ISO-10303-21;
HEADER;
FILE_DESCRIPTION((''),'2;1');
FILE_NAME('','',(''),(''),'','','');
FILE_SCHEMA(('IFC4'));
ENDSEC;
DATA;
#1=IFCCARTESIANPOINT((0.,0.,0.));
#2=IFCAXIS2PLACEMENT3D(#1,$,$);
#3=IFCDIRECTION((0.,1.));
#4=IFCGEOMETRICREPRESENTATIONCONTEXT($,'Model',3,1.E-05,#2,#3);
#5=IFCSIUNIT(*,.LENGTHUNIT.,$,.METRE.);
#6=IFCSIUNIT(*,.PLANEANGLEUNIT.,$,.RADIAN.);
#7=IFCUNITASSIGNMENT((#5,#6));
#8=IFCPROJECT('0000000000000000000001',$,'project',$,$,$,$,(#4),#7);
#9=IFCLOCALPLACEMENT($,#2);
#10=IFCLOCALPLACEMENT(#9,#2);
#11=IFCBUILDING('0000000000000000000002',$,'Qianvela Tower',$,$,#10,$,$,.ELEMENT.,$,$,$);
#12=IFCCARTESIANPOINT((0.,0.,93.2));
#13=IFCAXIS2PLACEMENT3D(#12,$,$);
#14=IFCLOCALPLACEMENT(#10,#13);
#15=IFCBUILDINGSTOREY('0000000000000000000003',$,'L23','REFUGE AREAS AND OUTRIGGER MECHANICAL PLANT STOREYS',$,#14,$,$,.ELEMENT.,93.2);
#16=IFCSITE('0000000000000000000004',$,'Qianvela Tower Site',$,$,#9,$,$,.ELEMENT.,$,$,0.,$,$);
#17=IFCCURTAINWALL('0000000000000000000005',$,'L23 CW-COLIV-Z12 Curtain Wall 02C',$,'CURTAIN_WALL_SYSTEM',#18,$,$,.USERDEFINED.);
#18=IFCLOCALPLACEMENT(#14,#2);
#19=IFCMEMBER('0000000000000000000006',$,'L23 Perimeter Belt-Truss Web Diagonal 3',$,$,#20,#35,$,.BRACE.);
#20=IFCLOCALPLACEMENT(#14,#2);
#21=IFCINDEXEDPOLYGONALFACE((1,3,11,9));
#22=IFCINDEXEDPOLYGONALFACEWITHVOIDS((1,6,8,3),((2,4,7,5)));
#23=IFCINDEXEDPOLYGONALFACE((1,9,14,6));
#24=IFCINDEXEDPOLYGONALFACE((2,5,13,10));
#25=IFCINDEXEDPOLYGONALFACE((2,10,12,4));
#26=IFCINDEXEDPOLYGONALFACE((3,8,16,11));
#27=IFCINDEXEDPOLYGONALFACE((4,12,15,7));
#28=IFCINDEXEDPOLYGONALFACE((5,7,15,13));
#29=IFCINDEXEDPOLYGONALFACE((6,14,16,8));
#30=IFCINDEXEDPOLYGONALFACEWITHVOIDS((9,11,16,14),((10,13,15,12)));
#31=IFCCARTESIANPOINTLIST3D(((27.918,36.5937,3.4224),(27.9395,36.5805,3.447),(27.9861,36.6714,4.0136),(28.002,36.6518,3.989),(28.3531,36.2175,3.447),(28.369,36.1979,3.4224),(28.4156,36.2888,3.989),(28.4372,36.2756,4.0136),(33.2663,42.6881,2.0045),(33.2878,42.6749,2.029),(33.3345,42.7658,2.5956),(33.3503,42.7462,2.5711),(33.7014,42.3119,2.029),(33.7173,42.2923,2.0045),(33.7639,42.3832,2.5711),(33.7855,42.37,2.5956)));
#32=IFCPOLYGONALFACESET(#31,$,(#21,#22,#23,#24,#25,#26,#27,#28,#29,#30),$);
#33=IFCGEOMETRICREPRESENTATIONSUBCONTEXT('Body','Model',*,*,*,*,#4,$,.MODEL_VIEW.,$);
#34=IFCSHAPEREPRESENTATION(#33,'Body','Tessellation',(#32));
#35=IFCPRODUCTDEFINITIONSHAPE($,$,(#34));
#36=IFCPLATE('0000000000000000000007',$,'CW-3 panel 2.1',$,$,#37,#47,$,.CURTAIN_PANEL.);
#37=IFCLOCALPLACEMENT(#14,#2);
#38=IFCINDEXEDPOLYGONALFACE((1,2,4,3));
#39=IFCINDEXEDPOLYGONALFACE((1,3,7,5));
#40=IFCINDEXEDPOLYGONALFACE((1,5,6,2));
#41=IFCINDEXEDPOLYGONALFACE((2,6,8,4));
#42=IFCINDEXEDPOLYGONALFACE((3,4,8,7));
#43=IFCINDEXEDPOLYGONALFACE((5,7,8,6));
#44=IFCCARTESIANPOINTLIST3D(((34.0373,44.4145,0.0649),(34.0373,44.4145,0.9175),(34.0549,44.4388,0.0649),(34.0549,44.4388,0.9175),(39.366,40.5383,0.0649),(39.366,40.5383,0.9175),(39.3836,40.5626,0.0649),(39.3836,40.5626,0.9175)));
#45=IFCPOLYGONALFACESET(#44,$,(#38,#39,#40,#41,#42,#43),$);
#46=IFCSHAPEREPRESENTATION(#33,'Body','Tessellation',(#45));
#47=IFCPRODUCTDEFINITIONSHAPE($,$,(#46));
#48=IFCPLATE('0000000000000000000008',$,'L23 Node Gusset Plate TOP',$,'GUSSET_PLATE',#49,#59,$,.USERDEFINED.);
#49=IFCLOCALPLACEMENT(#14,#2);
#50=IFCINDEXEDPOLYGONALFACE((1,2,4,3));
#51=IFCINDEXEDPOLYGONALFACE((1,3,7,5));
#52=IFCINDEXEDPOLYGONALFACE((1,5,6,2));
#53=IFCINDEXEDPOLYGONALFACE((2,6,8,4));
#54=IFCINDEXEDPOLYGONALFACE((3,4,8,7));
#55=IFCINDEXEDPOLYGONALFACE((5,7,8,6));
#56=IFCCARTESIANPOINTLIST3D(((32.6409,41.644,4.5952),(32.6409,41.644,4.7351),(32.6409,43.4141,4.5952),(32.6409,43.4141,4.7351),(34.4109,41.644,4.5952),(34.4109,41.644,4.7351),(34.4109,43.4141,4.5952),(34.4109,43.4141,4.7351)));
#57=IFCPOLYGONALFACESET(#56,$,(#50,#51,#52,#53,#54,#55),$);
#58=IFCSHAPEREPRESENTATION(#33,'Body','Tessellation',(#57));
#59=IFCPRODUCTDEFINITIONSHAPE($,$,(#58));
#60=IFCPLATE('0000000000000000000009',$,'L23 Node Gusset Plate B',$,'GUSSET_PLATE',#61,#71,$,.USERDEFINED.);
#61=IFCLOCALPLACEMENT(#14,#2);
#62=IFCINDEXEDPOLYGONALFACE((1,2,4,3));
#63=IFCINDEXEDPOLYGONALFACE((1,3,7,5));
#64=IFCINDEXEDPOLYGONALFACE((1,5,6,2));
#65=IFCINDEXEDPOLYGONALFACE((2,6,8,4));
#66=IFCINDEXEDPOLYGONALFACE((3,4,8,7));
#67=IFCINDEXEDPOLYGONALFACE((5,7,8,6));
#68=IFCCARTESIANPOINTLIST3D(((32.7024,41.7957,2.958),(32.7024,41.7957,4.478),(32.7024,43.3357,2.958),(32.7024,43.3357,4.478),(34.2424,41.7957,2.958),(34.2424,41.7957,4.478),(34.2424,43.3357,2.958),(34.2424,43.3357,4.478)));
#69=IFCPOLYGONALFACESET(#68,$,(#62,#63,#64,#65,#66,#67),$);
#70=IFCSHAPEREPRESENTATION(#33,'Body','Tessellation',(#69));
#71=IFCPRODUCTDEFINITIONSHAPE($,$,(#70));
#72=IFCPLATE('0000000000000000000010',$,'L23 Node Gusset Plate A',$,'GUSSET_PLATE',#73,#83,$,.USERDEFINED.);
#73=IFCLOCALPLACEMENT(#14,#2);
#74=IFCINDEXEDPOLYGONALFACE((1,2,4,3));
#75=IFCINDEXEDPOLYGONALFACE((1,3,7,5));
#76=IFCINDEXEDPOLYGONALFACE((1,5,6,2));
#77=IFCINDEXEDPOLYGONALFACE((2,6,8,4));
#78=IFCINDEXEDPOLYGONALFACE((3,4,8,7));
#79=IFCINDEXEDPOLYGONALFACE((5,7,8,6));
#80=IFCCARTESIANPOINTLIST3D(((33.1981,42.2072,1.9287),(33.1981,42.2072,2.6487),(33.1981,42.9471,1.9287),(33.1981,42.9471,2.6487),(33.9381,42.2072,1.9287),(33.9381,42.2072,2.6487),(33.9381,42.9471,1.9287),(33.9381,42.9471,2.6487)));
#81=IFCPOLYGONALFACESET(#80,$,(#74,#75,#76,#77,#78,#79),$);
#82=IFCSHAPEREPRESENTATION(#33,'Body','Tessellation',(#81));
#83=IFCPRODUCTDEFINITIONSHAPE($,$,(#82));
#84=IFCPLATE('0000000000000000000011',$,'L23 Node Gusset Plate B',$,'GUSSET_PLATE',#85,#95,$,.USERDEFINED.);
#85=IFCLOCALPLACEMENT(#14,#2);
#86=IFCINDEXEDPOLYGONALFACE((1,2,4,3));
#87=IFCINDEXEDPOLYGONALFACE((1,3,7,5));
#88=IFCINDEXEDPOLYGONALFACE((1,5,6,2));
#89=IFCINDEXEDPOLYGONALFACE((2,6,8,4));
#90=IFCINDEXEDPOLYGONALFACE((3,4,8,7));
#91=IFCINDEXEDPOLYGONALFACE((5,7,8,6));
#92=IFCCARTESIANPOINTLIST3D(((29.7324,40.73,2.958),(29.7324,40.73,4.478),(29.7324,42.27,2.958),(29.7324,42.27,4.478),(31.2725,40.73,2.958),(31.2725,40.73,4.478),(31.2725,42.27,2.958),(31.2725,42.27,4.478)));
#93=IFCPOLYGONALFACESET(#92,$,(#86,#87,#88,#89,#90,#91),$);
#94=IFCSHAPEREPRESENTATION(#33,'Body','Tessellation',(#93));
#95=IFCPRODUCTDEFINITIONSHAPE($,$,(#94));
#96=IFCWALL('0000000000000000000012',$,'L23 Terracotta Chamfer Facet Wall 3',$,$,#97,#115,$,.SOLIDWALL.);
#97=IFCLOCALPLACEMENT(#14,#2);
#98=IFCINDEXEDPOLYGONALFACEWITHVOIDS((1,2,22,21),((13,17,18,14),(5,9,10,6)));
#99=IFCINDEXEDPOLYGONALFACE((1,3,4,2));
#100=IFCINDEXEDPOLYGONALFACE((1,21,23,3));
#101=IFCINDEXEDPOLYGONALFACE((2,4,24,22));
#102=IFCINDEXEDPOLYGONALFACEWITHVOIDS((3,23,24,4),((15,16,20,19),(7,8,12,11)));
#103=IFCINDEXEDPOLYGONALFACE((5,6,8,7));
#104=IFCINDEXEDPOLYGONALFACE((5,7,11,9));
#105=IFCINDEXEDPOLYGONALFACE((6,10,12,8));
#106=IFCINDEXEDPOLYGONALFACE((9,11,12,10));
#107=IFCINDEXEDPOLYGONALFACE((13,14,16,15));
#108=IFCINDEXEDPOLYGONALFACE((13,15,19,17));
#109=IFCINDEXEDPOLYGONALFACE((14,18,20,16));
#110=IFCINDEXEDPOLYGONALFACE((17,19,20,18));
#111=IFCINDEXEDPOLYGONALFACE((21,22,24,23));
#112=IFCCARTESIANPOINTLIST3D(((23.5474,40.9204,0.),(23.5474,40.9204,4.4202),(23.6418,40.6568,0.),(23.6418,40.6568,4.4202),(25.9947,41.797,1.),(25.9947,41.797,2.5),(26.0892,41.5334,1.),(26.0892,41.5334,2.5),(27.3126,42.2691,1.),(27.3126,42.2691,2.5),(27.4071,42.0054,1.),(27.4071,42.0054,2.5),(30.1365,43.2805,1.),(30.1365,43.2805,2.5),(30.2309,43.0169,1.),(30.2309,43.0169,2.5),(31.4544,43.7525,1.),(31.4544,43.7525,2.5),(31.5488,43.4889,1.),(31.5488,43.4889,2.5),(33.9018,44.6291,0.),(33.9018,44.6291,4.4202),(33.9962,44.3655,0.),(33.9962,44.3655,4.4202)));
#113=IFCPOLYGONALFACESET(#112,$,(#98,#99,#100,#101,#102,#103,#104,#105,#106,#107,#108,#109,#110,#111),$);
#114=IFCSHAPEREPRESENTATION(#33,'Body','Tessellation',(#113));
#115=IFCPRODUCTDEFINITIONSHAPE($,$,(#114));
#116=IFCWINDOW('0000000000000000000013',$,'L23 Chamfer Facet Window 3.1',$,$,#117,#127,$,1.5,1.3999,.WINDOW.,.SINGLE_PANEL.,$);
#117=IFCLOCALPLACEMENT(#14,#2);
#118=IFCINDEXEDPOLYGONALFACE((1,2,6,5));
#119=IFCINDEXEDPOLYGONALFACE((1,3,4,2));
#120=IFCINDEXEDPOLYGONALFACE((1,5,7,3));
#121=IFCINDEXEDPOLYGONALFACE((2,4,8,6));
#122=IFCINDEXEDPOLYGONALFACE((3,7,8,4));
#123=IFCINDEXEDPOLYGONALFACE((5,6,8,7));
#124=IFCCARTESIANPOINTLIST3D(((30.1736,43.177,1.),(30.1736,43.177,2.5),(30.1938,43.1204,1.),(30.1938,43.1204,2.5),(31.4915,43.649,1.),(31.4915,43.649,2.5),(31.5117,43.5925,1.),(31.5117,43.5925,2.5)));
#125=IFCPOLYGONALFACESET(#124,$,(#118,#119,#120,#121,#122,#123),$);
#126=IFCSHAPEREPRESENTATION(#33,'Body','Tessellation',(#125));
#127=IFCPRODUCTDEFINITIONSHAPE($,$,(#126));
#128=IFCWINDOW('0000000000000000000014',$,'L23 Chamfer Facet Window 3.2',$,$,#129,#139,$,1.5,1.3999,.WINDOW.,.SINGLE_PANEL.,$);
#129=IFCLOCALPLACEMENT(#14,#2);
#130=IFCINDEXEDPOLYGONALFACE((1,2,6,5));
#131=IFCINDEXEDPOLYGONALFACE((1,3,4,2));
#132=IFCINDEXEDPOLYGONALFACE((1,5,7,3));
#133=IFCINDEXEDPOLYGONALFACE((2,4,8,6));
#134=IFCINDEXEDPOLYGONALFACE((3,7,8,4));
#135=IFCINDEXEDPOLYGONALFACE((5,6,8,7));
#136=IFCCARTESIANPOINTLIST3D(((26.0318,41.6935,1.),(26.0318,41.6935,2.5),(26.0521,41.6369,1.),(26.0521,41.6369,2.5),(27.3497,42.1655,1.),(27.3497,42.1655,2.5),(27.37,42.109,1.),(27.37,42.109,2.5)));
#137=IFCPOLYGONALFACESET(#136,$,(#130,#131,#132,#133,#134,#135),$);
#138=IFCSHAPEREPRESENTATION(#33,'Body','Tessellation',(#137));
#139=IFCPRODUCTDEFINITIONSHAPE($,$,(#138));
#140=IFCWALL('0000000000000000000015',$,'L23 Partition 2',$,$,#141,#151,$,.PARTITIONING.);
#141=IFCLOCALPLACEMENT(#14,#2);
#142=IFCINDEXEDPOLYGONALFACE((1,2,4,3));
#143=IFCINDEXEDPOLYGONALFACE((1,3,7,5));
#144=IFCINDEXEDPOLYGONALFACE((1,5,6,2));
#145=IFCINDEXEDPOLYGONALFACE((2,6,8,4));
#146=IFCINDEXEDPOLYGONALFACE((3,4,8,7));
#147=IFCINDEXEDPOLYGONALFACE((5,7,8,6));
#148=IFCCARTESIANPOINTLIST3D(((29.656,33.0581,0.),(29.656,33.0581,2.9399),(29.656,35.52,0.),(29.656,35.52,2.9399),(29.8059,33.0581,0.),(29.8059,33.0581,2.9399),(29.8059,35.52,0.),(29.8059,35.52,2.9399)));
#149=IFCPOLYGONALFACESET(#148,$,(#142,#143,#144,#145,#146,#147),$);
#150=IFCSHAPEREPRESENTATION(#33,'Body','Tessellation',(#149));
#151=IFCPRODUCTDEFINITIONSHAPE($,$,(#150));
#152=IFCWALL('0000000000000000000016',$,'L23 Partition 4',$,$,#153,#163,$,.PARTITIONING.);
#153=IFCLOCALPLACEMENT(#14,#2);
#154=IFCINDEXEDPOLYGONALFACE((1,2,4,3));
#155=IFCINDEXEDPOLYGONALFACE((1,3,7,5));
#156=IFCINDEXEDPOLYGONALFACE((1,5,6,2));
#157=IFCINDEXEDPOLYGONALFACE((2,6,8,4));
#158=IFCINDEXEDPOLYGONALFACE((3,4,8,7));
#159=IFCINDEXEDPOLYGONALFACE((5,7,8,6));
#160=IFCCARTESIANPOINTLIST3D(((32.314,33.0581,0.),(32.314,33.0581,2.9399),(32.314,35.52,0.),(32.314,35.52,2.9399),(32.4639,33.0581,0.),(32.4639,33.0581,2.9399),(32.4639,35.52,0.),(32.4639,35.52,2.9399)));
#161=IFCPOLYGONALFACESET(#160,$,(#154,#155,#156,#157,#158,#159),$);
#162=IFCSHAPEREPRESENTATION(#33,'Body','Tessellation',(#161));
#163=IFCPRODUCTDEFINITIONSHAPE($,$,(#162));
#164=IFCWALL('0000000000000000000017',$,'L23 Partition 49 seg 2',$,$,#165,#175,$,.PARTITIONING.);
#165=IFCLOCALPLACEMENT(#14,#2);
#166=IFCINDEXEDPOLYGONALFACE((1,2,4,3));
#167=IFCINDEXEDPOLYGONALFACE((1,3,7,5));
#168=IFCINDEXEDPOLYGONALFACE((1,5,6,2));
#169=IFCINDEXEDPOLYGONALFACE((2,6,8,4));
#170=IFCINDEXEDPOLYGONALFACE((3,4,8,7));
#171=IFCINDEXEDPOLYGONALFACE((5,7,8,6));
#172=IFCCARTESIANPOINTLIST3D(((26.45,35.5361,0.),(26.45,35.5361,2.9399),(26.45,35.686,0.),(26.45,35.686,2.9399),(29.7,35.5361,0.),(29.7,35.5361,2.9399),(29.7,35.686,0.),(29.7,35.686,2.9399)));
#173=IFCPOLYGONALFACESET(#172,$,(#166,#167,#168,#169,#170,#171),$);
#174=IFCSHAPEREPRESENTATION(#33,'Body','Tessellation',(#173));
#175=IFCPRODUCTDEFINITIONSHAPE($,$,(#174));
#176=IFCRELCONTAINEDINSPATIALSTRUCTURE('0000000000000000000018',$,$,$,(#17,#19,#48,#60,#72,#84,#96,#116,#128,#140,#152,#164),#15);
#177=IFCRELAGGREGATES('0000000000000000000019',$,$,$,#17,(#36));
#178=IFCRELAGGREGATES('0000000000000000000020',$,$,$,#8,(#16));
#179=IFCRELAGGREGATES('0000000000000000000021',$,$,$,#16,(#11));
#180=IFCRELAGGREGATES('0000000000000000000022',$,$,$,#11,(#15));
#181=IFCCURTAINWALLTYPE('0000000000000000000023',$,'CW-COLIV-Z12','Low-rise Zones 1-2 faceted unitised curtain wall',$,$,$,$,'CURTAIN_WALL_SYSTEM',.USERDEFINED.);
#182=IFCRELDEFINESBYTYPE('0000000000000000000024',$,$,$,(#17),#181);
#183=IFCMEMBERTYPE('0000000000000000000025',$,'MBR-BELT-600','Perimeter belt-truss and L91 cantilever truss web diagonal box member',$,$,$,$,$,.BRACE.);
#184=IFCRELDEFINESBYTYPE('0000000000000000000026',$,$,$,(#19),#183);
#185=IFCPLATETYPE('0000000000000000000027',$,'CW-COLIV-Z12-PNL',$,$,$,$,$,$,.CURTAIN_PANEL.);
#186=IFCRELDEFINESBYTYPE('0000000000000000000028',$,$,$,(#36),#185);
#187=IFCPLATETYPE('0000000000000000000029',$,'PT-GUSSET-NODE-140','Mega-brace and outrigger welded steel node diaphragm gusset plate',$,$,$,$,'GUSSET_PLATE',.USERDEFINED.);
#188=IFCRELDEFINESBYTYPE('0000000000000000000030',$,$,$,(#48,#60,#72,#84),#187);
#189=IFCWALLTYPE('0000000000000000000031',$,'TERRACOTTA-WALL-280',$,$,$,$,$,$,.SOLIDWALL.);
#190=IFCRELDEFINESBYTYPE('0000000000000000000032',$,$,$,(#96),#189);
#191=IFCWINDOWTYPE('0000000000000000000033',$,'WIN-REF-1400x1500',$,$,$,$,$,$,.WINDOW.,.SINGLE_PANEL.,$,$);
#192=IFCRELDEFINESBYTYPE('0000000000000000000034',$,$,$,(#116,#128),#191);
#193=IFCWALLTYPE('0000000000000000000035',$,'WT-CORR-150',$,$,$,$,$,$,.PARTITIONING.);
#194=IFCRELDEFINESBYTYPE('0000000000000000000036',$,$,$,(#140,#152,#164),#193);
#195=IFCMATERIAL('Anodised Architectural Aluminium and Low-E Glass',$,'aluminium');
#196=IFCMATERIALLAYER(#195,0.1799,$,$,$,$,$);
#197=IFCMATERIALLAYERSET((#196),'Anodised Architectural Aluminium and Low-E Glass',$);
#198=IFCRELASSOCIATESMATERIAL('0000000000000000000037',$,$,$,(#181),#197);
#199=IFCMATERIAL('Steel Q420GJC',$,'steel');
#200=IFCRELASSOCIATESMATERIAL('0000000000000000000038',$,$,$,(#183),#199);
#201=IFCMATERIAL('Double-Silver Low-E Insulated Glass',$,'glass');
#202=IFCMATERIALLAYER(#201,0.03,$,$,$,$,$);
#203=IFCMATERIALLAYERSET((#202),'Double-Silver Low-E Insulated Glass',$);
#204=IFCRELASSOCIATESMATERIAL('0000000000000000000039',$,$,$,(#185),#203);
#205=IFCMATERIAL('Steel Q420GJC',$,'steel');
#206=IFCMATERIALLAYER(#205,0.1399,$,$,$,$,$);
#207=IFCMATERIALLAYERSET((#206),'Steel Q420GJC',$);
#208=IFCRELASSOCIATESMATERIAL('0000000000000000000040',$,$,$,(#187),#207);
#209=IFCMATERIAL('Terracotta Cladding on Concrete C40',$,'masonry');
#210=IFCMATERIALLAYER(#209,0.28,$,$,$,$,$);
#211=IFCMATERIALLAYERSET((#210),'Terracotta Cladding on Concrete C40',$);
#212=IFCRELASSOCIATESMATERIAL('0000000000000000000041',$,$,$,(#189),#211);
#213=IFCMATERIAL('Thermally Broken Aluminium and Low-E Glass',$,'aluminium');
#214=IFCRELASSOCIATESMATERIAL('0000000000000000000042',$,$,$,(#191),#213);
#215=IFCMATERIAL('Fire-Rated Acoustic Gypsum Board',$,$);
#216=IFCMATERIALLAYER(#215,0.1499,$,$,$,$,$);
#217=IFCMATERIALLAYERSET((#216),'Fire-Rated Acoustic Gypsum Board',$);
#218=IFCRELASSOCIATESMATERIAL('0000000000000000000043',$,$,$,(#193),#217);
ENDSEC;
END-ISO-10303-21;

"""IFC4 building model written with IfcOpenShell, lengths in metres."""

from ifc_helpers import new_model, si_unit, direction, frame, frame_2d, origin, origin_2d, place, context, subcontext, project, spatial, rectangle, hollow_rectangle, extrude, material, layer, layer_set, material_profile, profile_set, type_object, element, fill, aggregate, save


model = new_model("IFC4")

# Units and contexts
model_context = context("Model", 3, precision=1e-05, world=origin(), true_north=direction((0.0, 1.0)))
body_context = subcontext(model_context, "Body", "Model", "MODEL_VIEW")
ifc_project = project(units=[si_unit("LENGTHUNIT", "METRE"), si_unit("PLANEANGLEUNIT", "RADIAN")], contexts=[model_context])

# Site, building, storey
site_placement = place(None, origin())
site = spatial("IfcSite", under=ifc_project, at=site_placement, Name="Qianvela Tower Site", CompositionType="ELEMENT", RefElevation=0.0)
building_placement = place(site_placement, origin())
building = spatial("IfcBuilding", under=site, at=building_placement, Name="Qianvela Tower", CompositionType="ELEMENT")
storey_placement = place(building_placement, frame((0.0, 0.0, 93.2)))
storey = spatial("IfcBuildingStorey", under=building, at=storey_placement, Name="L23", Description="REFUGE AREAS AND OUTRIGGER MECHANICAL PLANT STOREYS", CompositionType="ELEMENT", Elevation=93.2)

# Curtain wall
ifc_material_1 = material(Name="Anodised Architectural Aluminium and Low-E Glass", Category="aluminium")
ifc_layer_1 = layer(ifc_material_1, 0.1799)
ifc_layer_set_1 = layer_set([ifc_layer_1], Name="Anodised Architectural Aluminium and Low-E Glass")
curtain_wall_type = type_object("IfcCurtainWallType", Name="CW-COLIV-Z12", Description="Low-rise Zones 1-2 faceted unitised curtain wall", ElementType="CURTAIN_WALL_SYSTEM", PredefinedType="USERDEFINED", material=ifc_layer_set_1)
curtain_wall_placement = place(storey_placement, origin())
curtain_wall = element("IfcCurtainWall", 1, at=curtain_wall_placement, inside=storey, type_object=curtain_wall_type, Name="L23 CW-COLIV-Z12 Curtain Wall 02C", ObjectType="CURTAIN_WALL_SYSTEM", PredefinedType="USERDEFINED")

# Member
ifc_material_2 = material(Name="Steel Q420GJC", Category="steel")
ifc_material_profile_1 = material_profile(ifc_material_2, hollow_rectangle(XDim=0.6001, YDim=0.6001, WallThickness=0.0249, at=origin_2d()), Name="BBOX-600x600x25")
ifc_profile_set_1 = profile_set([ifc_material_profile_1], Name="Steel Q420GJC")
member_type_1 = type_object("IfcMemberType", Name="MBR-BELT-600", Description="Perimeter belt-truss and L91 cantilever truss web diagonal box member", PredefinedType="BRACE", material=ifc_profile_set_1)
member_1_placement = place(storey_placement, frame((33.5259, 42.5291, 2.3), z_axis=(-0.649742, -0.74038, 0.17226), x_axis=(0.751615, -0.659602, 0.0)))
element("IfcMember", 2, at=member_1_placement, inside=storey, type_object=member_type_1, Name="L23 Perimeter Belt-Truss Web Diagonal 3", PredefinedType="BRACE", context=body_context, shape_type="SweptSolid", body=[
    extrude(hollow_rectangle(XDim=0.6001, YDim=0.6001, WallThickness=0.0249, at=origin_2d()), origin(), (0.0, 0.0, 1.0), 8.2314),
])

# Plate
ifc_material_3 = material(Name="Double-Silver Low-E Insulated Glass", Category="glass")
ifc_layer_2 = layer(ifc_material_3, 0.03)
ifc_layer_set_2 = layer_set([ifc_layer_2], Name="Double-Silver Low-E Insulated Glass")
plate_type_1 = type_object("IfcPlateType", Name="CW-COLIV-Z12-PNL", PredefinedType="CURTAIN_PANEL", material=ifc_layer_set_2)
plate_1_placement = place(storey_placement, frame((36.7104, 42.4885, 0.0649), z_axis=(0.0, 0.0, 1.0), x_axis=(-0.808679, 0.58825, 0.0)))
plate_1 = element("IfcPlate", 3, at=plate_1_placement, type_object=plate_type_1, Name="CW-3 panel 2.1", PredefinedType="CURTAIN_PANEL", context=body_context, shape_type="SweptSolid", body=[
    extrude(rectangle(XDim=6.5894, YDim=0.03, at=origin_2d()), origin(), (0.0, 0.0, 1.0), 0.8525),
])
aggregate(curtain_wall, [plate_1])

# Plates
ifc_material_4 = material(Name="Steel Q420GJC", Category="steel")
ifc_layer_3 = layer(ifc_material_4, 0.1399)
ifc_layer_set_3 = layer_set([ifc_layer_3], Name="Steel Q420GJC")
plate_type_2 = type_object("IfcPlateType", Name="PT-GUSSET-NODE-140", Description="Mega-brace and outrigger welded steel node diaphragm gusset plate", ElementType="GUSSET_PLATE", PredefinedType="USERDEFINED", material=ifc_layer_set_3)
plate_2_placement = place(storey_placement, frame((33.5259, 42.5291, 4.5952), z_axis=(0.0, 0.0, 1.0), x_axis=(1.0, 0.0, 0.0)))
element("IfcPlate", 4, at=plate_2_placement, inside=storey, type_object=plate_type_2, Name="L23 Node Gusset Plate TOP", ObjectType="GUSSET_PLATE", PredefinedType="USERDEFINED", context=body_context, shape_type="SweptSolid", body=[
    extrude(rectangle(XDim=1.77, YDim=1.77, at=origin_2d()), origin(), (0.0, 0.0, 1.0), 0.1399),
])
plate_3_placement = place(storey_placement, frame((33.4724, 42.5657, 2.958), z_axis=(0.0, 0.0, 1.0), x_axis=(1.0, 0.0, 0.0)))
element("IfcPlate", 5, at=plate_3_placement, inside=storey, type_object=plate_type_2, Name="L23 Node Gusset Plate B", ObjectType="GUSSET_PLATE", PredefinedType="USERDEFINED", context=body_context, shape_type="SweptSolid", body=[
    extrude(rectangle(XDim=1.54, YDim=1.54, at=origin_2d()), origin(), (0.0, 0.0, 1.0), 1.52),
])
plate_4_placement = place(storey_placement, frame((33.5681, 42.5771, 1.9287), z_axis=(0.0, 0.0, 1.0), x_axis=(1.0, 0.0, 0.0)))
element("IfcPlate", 6, at=plate_4_placement, inside=storey, type_object=plate_type_2, Name="L23 Node Gusset Plate A", ObjectType="GUSSET_PLATE", PredefinedType="USERDEFINED", context=body_context, shape_type="SweptSolid", body=[
    extrude(rectangle(XDim=0.74, YDim=0.74, at=origin_2d()), origin(), (0.0, 0.0, 1.0), 0.72),
])
plate_5_placement = place(storey_placement, frame((30.5024, 41.5, 2.958), z_axis=(0.0, 0.0, 1.0), x_axis=(1.0, 0.0, 0.0)))
element("IfcPlate", 7, at=plate_5_placement, inside=storey, type_object=plate_type_2, Name="L23 Node Gusset Plate B", ObjectType="GUSSET_PLATE", PredefinedType="USERDEFINED", context=body_context, shape_type="SweptSolid", body=[
    extrude(rectangle(XDim=1.54, YDim=1.54, at=origin_2d()), origin(), (0.0, 0.0, 1.0), 1.52),
])

# Wall, openings, windows
ifc_material_5 = material(Name="Terracotta Cladding on Concrete C40", Category="masonry")
ifc_layer_4 = layer(ifc_material_5, 0.28)
ifc_layer_set_4 = layer_set([ifc_layer_4], Name="Terracotta Cladding on Concrete C40")
wall_type_1 = type_object("IfcWallType", Name="TERRACOTTA-WALL-280", PredefinedType="SOLIDWALL", material=ifc_layer_set_4)
wall_1_placement = place(storey_placement, frame((33.949, 44.4973, 0.0), z_axis=(0.0, 0.0, 1.0), x_axis=(-0.941433, -0.3372, 0.0)))
wall_1 = element("IfcWall", 8, at=wall_1_placement, inside=storey, type_object=wall_type_1, Name="L23 Terracotta Chamfer Facet Wall 3", PredefinedType="SOLIDWALL", context=body_context, shape_type="SweptSolid", body=[
    extrude(rectangle(XDim=10.9985, YDim=0.28, at=frame_2d((5.4993, 0.0))), origin(), (0.0, 0.0, 1.0), 4.4202),
])
opening_1_placement = place(wall_1_placement, frame((2.5996, 0.0, 1.0)))
opening_1 = element("IfcOpeningElement", 9, at=opening_1_placement, cuts=wall_1, PredefinedType="OPENING", context=body_context, shape_type="SweptSolid", body=[
    extrude(rectangle(XDim=1.3999, YDim=1.5, at=frame_2d((0.7, 0.75))), frame((0.0, 0.1499, 0.0), z_axis=(0.0, -1.0, 0.0), x_axis=(1.0, 0.0, 0.0)), (0.0, 0.0, 1.0), 0.3),
])
opening_2_placement = place(wall_1_placement, frame((6.999, 0.0, 1.0)))
opening_2 = element("IfcOpeningElement", 10, at=opening_2_placement, cuts=wall_1, PredefinedType="OPENING", context=body_context, shape_type="SweptSolid", body=[
    extrude(rectangle(XDim=1.3999, YDim=1.5, at=frame_2d((0.7, 0.75))), frame((0.0, 0.1499, 0.0), z_axis=(0.0, -1.0, 0.0), x_axis=(1.0, 0.0, 0.0)), (0.0, 0.0, 1.0), 0.3),
])
ifc_material_6 = material(Name="Thermally Broken Aluminium and Low-E Glass", Category="aluminium")
window_type = type_object("IfcWindowType", Name="WIN-REF-1400x1500", PartitioningType="SINGLE_PANEL", PredefinedType="WINDOW", material=ifc_material_6)
window_1_placement = place(opening_1_placement, origin())
window_1 = element("IfcWindow", 11, at=window_1_placement, inside=storey, type_object=window_type, Name="L23 Chamfer Facet Window 3.1", OverallHeight=1.5, OverallWidth=1.3999, PartitioningType="SINGLE_PANEL", PredefinedType="WINDOW", context=body_context, shape_type="SweptSolid", body=[
    extrude(rectangle(XDim=1.3999, YDim=1.5, at=frame_2d((0.7, 0.75))), frame((0.0, 0.03, 0.0), z_axis=(0.0, -1.0, 0.0), x_axis=(1.0, 0.0, 0.0)), (0.0, 0.0, 1.0), 0.0601),
])
fill(opening_1, window_1)
window_2_placement = place(opening_2_placement, origin())
window_2 = element("IfcWindow", 12, at=window_2_placement, inside=storey, type_object=window_type, Name="L23 Chamfer Facet Window 3.2", OverallHeight=1.5, OverallWidth=1.3999, PartitioningType="SINGLE_PANEL", PredefinedType="WINDOW", context=body_context, shape_type="SweptSolid", body=[
    extrude(rectangle(XDim=1.3999, YDim=1.5, at=frame_2d((0.7, 0.75))), frame((0.0, 0.03, 0.0), z_axis=(0.0, -1.0, 0.0), x_axis=(1.0, 0.0, 0.0)), (0.0, 0.0, 1.0), 0.0601),
])
fill(opening_2, window_2)

# Wall
ifc_material_7 = material(Name="Fire-Rated Acoustic Gypsum Board")
ifc_layer_5 = layer(ifc_material_7, 0.1499)
ifc_layer_set_5 = layer_set([ifc_layer_5], Name="Fire-Rated Acoustic Gypsum Board")
wall_type_2 = type_object("IfcWallType", Name="WT-CORR-150", PredefinedType="PARTITIONING", material=ifc_layer_set_5)
wall_2_placement = place(storey_placement, frame((29.731, 33.0581, 0.0), z_axis=(0.0, 0.0, 1.0), x_axis=(0.0, 1.0, 0.0)))
element("IfcWall", 13, at=wall_2_placement, inside=storey, type_object=wall_type_2, Name="L23 Partition 2", PredefinedType="PARTITIONING", context=body_context, shape_type="SweptSolid", body=[
    extrude(rectangle(XDim=2.4619, YDim=0.1499, at=frame_2d((1.231, 0.0))), origin(), (0.0, 0.0, 1.0), 2.9399),
])

# Walls
wall_3_placement = place(storey_placement, frame((32.3889, 35.52, 0.0), z_axis=(0.0, 0.0, 1.0), x_axis=(0.0, -1.0, 0.0)))
element("IfcWall", 14, at=wall_3_placement, inside=storey, type_object=wall_type_2, Name="L23 Partition 4", PredefinedType="PARTITIONING", context=body_context, shape_type="SweptSolid", body=[
    extrude(rectangle(XDim=2.4619, YDim=0.1499, at=frame_2d((1.231, 0.0))), origin(), (0.0, 0.0, 1.0), 2.9399),
])
wall_4_placement = place(storey_placement, frame((29.7, 35.6111, 0.0), z_axis=(0.0, 0.0, 1.0), x_axis=(-1.0, 0.0, 0.0)))
element("IfcWall", 15, at=wall_4_placement, inside=storey, type_object=wall_type_2, Name="L23 Partition 49 seg 2", PredefinedType="PARTITIONING", context=body_context, shape_type="SweptSolid", body=[
    extrude(rectangle(XDim=3.25, YDim=0.1499, at=frame_2d((1.625, 0.0))), origin(), (0.0, 0.0, 1.0), 2.9399),
])

save(model, "model.ifc")
